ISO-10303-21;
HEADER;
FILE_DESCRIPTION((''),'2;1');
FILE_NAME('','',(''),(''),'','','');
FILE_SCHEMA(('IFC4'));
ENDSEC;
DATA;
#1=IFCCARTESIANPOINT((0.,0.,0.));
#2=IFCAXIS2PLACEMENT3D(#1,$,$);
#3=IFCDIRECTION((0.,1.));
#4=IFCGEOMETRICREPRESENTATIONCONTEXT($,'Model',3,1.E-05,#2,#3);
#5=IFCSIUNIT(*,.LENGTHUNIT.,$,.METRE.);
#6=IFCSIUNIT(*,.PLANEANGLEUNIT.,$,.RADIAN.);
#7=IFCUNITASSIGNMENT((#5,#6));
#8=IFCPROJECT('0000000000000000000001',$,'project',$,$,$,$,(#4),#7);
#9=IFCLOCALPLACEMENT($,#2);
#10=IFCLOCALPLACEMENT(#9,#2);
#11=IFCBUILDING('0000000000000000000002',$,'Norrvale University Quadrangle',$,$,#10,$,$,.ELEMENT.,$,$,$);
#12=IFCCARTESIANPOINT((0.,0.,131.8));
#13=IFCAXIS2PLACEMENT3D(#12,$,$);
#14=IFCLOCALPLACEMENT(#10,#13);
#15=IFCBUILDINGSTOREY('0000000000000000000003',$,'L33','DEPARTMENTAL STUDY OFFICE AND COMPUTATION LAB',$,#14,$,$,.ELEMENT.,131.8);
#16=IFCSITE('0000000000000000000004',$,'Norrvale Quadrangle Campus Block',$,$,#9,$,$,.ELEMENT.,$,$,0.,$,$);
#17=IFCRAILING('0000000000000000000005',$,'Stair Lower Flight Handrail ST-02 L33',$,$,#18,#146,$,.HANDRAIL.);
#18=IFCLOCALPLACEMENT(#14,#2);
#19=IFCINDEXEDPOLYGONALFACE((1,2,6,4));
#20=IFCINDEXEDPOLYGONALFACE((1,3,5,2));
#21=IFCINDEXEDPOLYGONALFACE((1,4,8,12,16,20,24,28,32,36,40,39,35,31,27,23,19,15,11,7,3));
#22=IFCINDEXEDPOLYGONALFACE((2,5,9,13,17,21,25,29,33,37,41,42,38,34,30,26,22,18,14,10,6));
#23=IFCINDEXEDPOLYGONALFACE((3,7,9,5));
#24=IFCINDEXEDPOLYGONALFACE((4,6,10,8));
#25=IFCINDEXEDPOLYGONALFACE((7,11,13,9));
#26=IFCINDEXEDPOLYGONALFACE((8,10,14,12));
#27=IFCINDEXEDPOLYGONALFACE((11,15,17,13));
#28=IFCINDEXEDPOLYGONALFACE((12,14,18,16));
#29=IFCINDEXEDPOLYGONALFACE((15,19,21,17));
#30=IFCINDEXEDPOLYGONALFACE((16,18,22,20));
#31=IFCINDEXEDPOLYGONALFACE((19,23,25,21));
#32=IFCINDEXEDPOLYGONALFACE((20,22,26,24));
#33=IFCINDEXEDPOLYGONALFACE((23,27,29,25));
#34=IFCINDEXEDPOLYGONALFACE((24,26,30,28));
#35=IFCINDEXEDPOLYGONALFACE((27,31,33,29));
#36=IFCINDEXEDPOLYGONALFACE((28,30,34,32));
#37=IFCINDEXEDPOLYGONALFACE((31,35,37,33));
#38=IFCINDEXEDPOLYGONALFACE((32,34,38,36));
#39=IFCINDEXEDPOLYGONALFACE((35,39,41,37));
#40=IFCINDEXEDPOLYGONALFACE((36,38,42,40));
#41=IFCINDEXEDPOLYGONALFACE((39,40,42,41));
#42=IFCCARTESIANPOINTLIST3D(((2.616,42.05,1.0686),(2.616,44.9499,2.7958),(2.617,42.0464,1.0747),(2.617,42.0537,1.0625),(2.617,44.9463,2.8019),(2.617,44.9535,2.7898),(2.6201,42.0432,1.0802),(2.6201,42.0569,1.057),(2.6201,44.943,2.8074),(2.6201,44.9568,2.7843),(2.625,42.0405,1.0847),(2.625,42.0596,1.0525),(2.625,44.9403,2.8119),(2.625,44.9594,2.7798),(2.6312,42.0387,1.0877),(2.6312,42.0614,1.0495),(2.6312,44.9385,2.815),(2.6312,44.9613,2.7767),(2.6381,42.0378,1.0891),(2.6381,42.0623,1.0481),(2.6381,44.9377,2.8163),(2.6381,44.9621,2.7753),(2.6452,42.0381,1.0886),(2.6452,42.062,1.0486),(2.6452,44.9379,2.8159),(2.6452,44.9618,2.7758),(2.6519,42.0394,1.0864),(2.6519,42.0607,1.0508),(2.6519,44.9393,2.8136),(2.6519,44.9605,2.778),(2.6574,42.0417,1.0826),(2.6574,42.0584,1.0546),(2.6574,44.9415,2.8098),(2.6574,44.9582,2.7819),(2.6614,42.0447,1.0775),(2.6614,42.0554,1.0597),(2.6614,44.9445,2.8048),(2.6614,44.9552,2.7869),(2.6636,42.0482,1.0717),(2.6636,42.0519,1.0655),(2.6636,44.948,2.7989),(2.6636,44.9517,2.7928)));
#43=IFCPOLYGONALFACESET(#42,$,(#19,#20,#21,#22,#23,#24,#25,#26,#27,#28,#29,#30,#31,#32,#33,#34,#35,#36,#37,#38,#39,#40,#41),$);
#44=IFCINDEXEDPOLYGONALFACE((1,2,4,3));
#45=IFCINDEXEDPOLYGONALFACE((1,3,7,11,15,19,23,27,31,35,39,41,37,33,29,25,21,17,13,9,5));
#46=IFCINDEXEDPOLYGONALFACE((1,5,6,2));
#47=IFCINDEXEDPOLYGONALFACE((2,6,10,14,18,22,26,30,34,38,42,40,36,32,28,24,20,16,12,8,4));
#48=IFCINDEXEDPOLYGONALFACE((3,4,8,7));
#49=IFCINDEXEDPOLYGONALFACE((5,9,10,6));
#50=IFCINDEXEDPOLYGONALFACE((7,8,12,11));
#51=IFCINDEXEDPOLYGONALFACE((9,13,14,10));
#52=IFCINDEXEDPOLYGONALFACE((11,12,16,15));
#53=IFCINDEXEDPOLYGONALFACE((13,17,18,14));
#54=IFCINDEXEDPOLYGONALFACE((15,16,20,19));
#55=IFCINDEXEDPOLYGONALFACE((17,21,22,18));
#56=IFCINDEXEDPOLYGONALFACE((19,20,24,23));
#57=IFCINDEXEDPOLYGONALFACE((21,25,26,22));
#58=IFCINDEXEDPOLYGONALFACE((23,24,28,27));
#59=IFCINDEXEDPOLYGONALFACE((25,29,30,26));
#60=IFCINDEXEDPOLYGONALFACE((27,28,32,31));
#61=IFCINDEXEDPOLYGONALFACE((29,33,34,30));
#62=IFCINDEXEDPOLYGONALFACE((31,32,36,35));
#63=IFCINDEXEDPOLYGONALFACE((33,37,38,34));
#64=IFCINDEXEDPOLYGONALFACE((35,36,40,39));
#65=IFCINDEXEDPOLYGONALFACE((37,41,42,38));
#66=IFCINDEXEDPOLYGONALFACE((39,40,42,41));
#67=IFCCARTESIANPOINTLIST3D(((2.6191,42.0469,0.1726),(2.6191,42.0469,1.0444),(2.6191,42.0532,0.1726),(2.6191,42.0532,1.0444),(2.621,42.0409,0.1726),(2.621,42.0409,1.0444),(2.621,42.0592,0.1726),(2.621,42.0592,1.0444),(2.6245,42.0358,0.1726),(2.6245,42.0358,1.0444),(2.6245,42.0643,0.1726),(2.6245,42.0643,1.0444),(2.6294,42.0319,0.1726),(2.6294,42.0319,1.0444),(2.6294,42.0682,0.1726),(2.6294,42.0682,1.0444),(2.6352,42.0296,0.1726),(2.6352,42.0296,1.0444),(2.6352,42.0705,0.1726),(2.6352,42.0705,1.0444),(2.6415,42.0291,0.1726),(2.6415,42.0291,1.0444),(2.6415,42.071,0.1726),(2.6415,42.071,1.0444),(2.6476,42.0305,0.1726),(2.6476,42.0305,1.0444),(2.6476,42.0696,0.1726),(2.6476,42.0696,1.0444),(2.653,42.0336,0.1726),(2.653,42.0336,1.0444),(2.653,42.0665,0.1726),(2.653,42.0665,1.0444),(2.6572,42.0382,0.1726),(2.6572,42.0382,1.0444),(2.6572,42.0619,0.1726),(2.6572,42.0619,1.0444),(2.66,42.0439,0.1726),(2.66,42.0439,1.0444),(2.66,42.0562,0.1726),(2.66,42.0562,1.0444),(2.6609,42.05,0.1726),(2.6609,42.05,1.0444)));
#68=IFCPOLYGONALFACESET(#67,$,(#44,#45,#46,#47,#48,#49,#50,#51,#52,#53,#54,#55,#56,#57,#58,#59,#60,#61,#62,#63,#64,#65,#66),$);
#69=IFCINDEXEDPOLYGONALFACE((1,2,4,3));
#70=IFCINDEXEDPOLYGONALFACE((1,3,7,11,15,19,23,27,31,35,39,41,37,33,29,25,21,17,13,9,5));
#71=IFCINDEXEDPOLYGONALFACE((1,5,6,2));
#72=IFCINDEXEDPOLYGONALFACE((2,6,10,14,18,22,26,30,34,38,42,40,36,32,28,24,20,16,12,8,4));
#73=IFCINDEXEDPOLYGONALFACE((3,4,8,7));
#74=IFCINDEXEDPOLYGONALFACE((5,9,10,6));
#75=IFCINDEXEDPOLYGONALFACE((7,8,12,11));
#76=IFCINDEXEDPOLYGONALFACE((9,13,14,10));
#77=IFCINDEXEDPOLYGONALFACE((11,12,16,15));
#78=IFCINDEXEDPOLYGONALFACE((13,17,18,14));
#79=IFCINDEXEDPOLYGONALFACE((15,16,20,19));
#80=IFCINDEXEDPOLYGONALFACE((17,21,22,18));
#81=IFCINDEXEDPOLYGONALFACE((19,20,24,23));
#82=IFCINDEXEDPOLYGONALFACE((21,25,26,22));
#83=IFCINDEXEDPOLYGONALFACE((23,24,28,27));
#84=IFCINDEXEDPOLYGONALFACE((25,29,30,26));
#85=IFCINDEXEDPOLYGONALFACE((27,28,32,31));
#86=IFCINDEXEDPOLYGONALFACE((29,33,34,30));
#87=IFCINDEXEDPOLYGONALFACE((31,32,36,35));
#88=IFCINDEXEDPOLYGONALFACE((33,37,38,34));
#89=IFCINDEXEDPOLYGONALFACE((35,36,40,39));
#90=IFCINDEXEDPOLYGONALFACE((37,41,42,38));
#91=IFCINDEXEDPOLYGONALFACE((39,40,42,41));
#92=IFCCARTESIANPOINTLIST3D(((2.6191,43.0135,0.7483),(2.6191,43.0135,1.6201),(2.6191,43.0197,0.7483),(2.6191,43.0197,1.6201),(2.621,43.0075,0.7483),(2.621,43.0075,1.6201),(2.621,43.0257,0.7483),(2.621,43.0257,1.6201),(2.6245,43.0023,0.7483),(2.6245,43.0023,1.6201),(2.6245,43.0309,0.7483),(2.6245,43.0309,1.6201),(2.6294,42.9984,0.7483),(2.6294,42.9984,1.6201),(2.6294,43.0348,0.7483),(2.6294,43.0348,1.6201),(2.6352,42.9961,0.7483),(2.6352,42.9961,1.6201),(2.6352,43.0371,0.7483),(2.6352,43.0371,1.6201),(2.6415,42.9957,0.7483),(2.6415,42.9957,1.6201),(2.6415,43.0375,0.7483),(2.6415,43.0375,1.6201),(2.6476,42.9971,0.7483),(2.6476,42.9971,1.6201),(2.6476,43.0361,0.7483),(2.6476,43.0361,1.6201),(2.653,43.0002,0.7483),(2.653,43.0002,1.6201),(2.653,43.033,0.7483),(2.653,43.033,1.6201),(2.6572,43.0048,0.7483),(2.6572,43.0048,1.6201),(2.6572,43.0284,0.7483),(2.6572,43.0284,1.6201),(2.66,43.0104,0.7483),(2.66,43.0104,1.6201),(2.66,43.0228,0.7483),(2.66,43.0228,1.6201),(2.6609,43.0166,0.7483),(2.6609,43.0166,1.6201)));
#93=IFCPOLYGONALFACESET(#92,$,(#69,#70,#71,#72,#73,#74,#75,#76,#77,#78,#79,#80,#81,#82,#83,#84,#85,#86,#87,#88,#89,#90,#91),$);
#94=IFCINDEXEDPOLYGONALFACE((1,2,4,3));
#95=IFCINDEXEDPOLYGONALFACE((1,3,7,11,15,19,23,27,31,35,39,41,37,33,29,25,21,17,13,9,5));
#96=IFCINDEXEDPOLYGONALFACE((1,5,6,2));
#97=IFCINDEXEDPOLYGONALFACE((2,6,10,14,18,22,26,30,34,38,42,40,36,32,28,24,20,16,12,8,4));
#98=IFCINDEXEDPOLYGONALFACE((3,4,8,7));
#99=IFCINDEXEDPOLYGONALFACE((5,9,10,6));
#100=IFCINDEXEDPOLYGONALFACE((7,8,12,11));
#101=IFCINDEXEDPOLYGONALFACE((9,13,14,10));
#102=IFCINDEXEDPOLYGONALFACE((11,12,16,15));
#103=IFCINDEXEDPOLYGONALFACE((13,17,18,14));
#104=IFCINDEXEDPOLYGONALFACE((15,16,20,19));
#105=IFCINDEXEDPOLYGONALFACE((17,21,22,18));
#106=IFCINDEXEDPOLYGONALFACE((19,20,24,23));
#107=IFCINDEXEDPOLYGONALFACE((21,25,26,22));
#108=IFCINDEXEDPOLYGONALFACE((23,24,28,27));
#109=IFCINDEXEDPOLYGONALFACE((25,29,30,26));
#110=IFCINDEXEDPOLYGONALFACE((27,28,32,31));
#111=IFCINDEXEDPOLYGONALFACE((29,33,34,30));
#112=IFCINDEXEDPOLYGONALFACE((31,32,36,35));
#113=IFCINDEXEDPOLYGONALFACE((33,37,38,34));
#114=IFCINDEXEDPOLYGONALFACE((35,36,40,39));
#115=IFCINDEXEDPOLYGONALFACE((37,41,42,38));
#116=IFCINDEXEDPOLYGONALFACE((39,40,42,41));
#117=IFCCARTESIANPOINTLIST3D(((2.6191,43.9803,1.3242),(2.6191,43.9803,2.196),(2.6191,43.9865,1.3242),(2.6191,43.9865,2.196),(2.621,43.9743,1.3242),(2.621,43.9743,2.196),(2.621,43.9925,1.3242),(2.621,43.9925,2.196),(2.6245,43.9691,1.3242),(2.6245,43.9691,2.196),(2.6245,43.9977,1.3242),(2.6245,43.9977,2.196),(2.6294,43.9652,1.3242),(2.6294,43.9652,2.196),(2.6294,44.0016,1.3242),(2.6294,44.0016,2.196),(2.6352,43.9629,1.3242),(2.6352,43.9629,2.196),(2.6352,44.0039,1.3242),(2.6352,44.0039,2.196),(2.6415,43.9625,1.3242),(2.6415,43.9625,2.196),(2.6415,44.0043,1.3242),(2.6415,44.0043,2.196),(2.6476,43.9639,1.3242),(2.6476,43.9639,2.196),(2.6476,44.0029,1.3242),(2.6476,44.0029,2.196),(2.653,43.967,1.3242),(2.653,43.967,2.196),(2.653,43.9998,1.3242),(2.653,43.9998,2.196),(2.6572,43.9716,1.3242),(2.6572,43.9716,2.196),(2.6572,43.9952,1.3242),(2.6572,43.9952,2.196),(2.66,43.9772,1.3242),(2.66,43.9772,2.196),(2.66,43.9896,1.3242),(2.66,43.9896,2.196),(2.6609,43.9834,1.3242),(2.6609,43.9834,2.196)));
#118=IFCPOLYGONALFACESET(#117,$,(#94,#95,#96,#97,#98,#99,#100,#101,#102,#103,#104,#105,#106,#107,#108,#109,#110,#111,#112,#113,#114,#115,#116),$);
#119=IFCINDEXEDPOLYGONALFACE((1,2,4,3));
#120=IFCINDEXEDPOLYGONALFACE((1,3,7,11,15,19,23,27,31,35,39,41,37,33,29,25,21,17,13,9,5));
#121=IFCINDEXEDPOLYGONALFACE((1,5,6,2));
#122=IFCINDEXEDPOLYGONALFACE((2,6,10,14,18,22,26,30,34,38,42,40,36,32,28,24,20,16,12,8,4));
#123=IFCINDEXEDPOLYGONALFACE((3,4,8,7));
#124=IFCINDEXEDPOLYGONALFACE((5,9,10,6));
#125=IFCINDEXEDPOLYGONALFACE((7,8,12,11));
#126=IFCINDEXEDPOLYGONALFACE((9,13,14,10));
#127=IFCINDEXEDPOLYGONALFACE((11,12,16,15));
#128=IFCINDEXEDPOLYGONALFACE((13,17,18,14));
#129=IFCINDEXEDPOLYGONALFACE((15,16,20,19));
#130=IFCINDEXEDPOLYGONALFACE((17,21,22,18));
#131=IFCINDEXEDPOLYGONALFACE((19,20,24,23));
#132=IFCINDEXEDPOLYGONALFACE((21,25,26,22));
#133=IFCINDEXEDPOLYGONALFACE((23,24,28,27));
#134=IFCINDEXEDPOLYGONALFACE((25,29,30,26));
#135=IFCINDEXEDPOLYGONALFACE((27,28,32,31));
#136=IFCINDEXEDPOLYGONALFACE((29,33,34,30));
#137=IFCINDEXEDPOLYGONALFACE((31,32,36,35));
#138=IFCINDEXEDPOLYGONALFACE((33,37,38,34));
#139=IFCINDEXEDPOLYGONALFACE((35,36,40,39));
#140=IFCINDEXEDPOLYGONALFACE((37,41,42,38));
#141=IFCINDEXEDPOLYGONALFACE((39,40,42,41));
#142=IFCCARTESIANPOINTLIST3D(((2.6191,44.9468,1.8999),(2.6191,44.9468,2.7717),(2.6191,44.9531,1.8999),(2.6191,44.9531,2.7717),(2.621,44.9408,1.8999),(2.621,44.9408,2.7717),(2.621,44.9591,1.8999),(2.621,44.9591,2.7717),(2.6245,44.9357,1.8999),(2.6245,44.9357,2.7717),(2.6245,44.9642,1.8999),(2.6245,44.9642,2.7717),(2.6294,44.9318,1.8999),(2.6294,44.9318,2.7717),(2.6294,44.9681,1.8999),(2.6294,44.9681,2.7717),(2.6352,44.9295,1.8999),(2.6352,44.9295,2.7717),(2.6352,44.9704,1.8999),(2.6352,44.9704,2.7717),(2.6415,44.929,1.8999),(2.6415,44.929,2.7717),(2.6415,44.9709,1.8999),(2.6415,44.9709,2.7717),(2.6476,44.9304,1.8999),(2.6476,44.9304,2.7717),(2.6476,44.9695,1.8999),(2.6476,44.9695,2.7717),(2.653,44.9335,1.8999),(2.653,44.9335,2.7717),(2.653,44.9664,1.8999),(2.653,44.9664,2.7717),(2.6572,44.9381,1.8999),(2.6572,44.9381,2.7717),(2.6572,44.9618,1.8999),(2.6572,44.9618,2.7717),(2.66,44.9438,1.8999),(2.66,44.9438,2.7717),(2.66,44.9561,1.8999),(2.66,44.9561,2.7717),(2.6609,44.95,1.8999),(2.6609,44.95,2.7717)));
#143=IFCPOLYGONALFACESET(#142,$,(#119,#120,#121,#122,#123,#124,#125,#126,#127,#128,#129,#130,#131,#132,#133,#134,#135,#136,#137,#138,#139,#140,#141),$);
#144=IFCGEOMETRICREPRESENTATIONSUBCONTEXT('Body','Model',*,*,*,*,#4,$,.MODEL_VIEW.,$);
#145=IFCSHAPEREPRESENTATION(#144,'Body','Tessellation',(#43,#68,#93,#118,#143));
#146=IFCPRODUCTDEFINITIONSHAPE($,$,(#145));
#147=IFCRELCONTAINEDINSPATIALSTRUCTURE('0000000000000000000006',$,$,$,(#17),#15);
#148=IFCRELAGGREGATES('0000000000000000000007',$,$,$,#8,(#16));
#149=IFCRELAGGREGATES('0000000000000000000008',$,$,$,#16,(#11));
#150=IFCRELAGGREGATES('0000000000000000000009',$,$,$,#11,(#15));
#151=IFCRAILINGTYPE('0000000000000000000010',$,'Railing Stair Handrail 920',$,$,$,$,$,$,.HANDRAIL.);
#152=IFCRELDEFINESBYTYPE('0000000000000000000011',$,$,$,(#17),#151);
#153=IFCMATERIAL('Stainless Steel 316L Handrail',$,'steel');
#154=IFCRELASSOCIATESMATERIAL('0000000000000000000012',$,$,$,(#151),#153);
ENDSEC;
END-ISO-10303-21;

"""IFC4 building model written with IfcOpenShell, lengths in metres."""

from ifc_helpers import new_model, si_unit, direction, frame, origin, origin_2d, place, context, subcontext, project, spatial, circle, extrude, material, type_object, element, save


model = new_model("IFC4")

# Units and contexts
model_context = context("Model", 3, precision=1e-05, world=origin(), true_north=direction((0.0, 1.0)))
body_context = subcontext(model_context, "Body", "Model", "MODEL_VIEW")
ifc_project = project(units=[si_unit("LENGTHUNIT", "METRE"), si_unit("PLANEANGLEUNIT", "RADIAN")], contexts=[model_context])

# Site, building, storey
site_placement = place(None, origin())
site = spatial("IfcSite", under=ifc_project, at=site_placement, Name="Norrvale Quadrangle Campus Block", CompositionType="ELEMENT", RefElevation=0.0)
building_placement = place(site_placement, origin())
building = spatial("IfcBuilding", under=site, at=building_placement, Name="Norrvale University Quadrangle", CompositionType="ELEMENT")
storey_placement = place(building_placement, frame((0.0, 0.0, 131.8)))
storey = spatial("IfcBuildingStorey", under=building, at=storey_placement, Name="L33", Description="DEPARTMENTAL STUDY OFFICE AND COMPUTATION LAB", CompositionType="ELEMENT", Elevation=131.8)

# Railing
ifc_material_1 = material(Name="Stainless Steel 316L Handrail", Category="steel")
railing_type_1 = type_object("IfcRailingType", Name="Railing Stair Handrail 920", PredefinedType="HANDRAIL", material=ifc_material_1)
railing_1_placement = place(storey_placement, frame((2.6399, 42.05, 0.1726)))
element("IfcRailing", 1, at=railing_1_placement, inside=storey, type_object=railing_type_1, Name="Stair Lower Flight Handrail ST-02 L33", PredefinedType="HANDRAIL", context=body_context, shape_type="SweptSolid", body=[
    extrude(circle(Radius=0.0239, at=origin_2d()), frame((0.0, 0.0, 0.896), z_axis=(0.0, 0.859141, 0.511738), x_axis=(-1.0, 0.0, 0.0)), (0.0, 0.0, 1.0), 3.3752),
    extrude(circle(Radius=0.021, at=origin_2d()), origin(), (0.0, 0.0, 1.0), 0.8718),
    extrude(circle(Radius=0.021, at=origin_2d()), frame((0.0, 0.9666, 0.5757)), (0.0, 0.0, 1.0), 0.8718),
    extrude(circle(Radius=0.021, at=origin_2d()), frame((0.0, 1.9333, 1.1516)), (0.0, 0.0, 1.0), 0.8718),
    extrude(circle(Radius=0.021, at=origin_2d()), frame((0.0, 2.8999, 1.7273)), (0.0, 0.0, 1.0), 0.8718),
])

save(model, "model.ifc")
